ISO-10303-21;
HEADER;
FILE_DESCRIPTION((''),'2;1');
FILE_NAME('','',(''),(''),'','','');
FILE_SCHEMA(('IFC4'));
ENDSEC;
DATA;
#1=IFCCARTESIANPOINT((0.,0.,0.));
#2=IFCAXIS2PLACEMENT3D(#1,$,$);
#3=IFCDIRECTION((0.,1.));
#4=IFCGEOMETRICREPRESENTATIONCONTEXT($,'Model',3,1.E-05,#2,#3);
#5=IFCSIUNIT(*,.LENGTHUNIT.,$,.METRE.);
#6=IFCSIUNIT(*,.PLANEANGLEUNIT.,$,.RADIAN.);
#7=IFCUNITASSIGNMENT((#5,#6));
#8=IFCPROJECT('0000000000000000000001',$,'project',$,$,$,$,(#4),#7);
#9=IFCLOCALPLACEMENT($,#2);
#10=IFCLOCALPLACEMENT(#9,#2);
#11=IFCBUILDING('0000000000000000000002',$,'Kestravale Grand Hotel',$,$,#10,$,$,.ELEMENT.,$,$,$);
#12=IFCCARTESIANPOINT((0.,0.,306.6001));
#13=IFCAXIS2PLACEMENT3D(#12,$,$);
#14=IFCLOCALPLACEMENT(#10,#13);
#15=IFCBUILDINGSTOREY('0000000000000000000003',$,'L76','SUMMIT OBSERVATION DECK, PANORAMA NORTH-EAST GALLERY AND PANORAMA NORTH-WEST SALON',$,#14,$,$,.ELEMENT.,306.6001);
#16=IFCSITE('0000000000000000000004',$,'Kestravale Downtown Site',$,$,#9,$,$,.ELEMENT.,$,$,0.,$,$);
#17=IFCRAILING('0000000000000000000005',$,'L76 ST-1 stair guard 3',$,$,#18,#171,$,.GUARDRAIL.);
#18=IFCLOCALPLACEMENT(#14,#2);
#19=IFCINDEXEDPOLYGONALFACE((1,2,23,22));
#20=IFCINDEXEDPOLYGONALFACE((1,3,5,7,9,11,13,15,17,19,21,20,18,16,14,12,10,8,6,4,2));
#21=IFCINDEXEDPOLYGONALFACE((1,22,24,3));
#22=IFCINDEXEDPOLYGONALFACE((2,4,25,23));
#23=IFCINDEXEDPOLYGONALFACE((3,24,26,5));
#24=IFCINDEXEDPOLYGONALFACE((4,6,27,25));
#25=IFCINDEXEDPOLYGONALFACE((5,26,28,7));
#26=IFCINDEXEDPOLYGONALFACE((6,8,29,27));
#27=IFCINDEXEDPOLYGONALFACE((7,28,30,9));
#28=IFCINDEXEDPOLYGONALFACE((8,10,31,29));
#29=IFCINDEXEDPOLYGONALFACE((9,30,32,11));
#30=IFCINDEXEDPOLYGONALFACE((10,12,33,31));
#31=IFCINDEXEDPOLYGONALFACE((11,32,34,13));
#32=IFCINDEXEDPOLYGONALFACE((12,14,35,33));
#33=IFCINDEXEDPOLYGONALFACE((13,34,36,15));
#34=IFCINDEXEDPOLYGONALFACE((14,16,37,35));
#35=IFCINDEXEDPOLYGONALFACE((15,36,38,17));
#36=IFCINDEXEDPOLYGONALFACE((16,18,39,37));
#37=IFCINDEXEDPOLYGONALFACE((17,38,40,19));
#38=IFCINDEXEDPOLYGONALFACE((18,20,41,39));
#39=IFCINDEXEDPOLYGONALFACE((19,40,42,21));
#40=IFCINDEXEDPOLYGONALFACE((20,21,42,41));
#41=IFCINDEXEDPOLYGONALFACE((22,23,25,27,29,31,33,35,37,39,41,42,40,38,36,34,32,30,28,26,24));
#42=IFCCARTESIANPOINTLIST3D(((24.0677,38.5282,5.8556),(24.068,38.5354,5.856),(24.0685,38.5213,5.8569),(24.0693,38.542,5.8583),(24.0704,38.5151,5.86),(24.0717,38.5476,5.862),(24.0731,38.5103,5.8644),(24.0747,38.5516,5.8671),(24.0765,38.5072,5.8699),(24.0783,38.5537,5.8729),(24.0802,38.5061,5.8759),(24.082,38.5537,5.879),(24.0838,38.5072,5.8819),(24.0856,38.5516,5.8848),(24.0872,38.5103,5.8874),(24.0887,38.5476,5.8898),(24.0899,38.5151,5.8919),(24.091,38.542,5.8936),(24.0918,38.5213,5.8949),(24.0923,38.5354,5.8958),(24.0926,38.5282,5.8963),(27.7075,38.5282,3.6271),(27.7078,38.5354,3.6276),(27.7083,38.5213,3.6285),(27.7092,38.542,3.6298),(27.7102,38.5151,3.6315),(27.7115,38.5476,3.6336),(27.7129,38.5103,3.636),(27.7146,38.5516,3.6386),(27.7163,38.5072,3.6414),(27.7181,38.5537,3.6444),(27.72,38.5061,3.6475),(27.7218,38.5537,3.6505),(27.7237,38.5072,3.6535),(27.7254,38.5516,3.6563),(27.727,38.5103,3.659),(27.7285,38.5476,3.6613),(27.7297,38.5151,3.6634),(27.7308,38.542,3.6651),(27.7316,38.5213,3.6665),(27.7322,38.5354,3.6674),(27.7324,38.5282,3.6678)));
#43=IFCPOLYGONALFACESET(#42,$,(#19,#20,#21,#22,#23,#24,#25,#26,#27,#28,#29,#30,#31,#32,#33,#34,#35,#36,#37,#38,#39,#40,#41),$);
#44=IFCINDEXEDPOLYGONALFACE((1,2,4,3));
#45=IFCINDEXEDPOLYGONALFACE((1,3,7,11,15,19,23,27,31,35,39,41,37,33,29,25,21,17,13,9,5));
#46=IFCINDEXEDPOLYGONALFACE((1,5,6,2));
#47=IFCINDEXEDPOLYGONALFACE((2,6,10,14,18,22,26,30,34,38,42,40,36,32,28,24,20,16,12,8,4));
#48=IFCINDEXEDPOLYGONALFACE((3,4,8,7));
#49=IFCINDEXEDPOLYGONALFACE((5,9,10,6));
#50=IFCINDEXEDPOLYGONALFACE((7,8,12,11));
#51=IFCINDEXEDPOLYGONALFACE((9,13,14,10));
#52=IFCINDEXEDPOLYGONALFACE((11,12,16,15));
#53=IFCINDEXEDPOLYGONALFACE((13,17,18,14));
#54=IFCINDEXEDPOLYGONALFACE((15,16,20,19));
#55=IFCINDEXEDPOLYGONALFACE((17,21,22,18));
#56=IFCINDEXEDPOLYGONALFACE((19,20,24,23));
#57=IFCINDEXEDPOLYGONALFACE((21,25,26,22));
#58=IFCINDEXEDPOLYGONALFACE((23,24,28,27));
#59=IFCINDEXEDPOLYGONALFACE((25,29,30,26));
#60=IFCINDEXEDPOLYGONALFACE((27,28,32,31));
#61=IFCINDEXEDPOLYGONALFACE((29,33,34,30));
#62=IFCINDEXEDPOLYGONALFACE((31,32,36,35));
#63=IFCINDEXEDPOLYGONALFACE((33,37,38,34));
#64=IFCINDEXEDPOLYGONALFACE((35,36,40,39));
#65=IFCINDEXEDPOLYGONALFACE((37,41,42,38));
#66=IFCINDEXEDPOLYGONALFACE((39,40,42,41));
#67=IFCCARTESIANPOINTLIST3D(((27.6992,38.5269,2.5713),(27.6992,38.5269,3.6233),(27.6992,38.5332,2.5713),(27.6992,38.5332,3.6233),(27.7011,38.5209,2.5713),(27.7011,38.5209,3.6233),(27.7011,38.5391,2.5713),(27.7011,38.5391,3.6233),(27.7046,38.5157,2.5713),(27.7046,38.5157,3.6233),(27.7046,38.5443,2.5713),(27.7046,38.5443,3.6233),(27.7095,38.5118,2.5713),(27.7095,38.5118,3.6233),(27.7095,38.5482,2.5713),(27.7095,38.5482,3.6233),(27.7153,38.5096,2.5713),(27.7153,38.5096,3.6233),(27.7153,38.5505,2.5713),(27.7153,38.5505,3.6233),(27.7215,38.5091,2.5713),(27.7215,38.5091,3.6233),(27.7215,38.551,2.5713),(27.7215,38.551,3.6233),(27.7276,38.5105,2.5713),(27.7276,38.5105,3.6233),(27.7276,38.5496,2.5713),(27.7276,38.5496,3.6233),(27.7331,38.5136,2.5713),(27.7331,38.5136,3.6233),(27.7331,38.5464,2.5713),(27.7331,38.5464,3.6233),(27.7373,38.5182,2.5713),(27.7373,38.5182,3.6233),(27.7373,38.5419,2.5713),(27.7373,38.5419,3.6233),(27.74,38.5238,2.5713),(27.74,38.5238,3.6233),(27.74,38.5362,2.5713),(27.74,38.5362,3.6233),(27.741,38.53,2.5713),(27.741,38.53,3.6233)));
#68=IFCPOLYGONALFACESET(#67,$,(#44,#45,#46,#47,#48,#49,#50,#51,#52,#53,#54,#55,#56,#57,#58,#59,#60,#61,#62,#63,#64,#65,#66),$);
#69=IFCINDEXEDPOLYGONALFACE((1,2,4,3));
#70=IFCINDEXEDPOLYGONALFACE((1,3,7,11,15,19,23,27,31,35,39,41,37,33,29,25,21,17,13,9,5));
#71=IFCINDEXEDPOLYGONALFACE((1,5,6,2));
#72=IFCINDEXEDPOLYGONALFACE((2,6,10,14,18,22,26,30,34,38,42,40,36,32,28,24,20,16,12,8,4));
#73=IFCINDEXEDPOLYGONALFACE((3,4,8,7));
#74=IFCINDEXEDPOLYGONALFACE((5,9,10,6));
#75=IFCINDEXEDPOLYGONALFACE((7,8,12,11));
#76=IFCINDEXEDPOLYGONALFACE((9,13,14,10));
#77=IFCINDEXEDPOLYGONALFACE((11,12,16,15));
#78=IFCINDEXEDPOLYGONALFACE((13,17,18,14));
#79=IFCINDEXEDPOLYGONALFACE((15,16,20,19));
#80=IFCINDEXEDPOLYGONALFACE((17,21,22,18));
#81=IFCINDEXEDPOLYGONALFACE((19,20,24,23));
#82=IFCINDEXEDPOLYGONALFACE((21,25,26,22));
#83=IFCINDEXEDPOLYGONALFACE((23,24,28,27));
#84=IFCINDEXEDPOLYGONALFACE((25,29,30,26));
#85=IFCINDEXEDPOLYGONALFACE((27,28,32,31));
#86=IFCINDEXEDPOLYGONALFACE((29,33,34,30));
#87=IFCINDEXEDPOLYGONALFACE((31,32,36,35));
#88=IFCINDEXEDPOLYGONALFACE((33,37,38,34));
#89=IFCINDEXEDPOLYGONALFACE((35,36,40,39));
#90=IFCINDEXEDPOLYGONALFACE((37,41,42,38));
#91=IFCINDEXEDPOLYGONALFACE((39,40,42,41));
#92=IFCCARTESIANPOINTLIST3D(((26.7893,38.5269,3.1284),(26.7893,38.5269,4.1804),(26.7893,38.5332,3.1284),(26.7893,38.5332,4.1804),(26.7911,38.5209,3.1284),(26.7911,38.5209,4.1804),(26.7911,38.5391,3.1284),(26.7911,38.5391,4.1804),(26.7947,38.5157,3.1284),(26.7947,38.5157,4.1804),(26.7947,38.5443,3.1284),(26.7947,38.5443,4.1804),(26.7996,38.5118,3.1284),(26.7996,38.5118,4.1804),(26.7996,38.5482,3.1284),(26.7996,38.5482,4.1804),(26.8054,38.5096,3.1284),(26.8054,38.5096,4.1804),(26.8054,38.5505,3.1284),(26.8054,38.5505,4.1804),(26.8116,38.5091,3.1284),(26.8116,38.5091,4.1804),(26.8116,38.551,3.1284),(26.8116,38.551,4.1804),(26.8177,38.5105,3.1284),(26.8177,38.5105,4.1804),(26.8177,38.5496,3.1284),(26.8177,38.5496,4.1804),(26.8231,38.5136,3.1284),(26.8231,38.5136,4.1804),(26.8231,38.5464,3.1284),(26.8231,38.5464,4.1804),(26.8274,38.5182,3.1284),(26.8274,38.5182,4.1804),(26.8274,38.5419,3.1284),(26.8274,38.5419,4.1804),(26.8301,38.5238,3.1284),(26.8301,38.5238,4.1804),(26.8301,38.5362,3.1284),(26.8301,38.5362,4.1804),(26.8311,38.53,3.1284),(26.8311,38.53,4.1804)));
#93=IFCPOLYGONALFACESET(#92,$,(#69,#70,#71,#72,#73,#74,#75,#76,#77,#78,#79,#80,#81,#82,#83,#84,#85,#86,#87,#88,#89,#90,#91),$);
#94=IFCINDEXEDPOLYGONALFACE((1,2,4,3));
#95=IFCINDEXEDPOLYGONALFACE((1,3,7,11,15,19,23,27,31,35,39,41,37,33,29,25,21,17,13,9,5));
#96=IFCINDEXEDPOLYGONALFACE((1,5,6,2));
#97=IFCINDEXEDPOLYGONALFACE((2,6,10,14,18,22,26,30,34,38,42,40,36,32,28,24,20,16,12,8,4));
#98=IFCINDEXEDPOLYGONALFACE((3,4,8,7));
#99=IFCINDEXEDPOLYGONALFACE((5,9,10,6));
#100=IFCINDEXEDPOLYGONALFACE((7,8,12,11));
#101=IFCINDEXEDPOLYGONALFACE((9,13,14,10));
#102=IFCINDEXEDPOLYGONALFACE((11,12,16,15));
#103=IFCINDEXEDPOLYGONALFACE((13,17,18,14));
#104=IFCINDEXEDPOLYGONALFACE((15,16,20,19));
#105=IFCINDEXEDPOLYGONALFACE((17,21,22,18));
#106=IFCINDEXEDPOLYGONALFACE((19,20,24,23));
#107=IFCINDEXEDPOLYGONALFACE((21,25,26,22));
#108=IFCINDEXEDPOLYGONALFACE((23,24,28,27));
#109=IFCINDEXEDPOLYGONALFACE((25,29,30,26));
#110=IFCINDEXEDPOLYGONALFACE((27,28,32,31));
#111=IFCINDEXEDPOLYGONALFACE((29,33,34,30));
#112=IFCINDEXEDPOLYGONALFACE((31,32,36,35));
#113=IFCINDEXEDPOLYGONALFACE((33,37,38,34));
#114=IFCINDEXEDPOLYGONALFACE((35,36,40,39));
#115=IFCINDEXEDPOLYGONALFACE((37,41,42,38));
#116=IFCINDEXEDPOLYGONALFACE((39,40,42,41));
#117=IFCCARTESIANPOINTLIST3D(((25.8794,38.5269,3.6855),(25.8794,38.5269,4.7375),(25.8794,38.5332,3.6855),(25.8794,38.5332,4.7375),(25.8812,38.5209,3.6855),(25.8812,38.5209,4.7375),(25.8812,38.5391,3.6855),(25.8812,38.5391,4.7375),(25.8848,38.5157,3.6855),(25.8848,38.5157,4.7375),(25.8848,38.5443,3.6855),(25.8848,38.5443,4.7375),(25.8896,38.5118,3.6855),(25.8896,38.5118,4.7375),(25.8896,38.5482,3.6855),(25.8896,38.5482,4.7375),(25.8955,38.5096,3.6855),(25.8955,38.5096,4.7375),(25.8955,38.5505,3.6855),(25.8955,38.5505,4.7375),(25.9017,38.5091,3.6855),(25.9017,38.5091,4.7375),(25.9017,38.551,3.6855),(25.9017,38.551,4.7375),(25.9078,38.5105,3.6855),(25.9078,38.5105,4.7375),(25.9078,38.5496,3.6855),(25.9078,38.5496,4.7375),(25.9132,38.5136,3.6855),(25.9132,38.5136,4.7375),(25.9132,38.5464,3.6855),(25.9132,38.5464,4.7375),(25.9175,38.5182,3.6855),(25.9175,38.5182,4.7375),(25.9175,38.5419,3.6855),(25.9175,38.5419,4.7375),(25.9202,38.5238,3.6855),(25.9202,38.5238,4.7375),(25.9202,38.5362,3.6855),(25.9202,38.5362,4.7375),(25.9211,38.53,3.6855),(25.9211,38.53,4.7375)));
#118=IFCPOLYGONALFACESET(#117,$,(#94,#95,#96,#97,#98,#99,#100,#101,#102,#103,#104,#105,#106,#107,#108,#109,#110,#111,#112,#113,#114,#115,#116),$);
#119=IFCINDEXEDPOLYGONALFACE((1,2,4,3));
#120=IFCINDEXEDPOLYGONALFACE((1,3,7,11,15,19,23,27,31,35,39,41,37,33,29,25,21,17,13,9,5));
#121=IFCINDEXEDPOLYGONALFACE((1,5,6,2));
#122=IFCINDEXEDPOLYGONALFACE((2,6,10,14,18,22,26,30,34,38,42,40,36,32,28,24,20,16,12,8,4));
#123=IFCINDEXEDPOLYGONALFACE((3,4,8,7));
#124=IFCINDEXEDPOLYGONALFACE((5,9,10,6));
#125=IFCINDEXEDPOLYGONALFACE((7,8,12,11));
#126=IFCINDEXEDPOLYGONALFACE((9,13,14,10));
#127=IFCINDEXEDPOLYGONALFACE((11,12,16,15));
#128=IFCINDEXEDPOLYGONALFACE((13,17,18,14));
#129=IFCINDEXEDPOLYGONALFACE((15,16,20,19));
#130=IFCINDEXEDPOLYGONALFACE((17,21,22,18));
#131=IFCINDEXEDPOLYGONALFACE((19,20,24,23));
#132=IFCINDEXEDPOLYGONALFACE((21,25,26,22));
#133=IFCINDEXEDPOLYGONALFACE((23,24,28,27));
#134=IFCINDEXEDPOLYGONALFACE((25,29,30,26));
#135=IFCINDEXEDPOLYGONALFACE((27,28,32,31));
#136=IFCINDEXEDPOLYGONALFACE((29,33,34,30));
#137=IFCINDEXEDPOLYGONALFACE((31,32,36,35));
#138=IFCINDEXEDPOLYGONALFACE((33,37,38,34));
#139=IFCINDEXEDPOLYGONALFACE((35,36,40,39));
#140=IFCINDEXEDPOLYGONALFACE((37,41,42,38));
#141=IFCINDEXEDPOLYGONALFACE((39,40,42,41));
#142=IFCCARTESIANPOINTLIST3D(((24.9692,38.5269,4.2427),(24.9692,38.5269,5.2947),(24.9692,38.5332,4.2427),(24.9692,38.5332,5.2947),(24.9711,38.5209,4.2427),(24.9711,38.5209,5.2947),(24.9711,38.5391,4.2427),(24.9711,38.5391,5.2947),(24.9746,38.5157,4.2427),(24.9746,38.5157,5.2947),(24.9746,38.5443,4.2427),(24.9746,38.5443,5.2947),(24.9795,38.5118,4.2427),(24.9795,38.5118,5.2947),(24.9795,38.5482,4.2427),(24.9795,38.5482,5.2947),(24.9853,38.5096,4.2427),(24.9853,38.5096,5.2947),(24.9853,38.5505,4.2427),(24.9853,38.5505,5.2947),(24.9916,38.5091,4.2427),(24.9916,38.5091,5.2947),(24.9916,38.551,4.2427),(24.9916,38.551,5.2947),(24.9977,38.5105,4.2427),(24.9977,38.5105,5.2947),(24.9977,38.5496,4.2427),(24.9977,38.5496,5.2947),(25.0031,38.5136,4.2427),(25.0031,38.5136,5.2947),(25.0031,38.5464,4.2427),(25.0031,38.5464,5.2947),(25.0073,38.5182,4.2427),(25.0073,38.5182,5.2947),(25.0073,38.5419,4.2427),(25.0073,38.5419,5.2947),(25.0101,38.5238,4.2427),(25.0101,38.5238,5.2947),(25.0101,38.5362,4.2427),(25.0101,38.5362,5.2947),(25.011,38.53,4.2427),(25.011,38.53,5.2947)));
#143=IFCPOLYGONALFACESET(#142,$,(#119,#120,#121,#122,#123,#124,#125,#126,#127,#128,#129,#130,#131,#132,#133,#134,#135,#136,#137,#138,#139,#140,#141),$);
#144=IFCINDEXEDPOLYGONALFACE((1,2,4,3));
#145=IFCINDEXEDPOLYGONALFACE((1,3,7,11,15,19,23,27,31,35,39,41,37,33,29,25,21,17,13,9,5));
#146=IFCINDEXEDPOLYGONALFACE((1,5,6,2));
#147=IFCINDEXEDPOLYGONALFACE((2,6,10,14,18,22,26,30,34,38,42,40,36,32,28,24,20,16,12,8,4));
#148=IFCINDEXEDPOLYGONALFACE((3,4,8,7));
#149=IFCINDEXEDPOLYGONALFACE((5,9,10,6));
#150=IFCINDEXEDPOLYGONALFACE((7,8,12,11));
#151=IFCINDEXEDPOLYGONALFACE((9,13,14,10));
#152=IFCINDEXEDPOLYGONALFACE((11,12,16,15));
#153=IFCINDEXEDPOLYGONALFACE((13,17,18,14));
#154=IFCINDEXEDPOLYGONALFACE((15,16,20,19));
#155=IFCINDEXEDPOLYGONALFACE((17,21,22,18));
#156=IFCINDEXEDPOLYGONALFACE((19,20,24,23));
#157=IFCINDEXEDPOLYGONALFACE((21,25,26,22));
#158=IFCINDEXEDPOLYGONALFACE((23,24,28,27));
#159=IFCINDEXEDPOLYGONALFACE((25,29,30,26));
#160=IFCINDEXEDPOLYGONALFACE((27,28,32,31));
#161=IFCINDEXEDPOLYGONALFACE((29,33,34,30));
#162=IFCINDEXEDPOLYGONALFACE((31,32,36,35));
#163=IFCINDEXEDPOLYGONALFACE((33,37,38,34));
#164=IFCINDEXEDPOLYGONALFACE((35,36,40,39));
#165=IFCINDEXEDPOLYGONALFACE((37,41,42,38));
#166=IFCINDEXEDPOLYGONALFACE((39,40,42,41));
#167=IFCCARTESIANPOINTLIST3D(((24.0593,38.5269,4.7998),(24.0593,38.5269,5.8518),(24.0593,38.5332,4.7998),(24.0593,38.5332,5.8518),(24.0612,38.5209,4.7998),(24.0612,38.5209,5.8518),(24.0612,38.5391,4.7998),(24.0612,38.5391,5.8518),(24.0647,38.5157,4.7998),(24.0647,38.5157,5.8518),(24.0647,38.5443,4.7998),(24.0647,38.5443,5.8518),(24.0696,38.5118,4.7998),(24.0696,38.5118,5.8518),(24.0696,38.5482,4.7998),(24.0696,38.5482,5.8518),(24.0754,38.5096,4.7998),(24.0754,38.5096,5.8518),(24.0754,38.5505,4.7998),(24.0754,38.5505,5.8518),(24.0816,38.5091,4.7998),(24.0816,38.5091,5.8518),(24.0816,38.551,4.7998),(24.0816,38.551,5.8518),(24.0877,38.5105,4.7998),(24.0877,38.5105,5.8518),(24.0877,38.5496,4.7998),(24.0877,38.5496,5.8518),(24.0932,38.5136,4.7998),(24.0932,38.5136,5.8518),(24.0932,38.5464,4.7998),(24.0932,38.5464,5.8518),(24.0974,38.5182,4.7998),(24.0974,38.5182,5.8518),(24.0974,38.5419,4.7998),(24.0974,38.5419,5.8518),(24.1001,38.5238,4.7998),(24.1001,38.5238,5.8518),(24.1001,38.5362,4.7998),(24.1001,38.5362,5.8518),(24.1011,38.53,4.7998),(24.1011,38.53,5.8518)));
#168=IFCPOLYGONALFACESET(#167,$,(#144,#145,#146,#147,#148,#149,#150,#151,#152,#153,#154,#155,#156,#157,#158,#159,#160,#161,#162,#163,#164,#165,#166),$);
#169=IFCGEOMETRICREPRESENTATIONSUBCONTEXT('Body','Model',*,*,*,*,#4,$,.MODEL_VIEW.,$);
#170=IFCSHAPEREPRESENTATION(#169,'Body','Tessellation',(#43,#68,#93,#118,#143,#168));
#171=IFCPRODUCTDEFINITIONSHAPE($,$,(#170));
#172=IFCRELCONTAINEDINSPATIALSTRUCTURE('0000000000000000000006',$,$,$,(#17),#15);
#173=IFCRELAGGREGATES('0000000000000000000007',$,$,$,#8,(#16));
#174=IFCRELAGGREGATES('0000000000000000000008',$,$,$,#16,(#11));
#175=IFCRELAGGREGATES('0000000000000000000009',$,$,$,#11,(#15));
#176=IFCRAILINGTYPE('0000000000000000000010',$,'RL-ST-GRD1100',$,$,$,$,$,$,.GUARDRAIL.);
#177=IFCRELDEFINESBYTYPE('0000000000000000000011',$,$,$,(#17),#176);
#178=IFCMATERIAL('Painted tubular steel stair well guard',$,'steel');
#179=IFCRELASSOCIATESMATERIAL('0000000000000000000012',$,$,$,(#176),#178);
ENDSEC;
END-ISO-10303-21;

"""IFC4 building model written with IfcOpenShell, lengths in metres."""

from ifc_helpers import new_model, si_unit, direction, frame, origin, origin_2d, place, context, subcontext, project, spatial, circle, extrude, material, type_object, element, save


model = new_model("IFC4")

# Units and contexts
model_context = context("Model", 3, precision=1e-05, world=origin(), true_north=direction((0.0, 1.0)))
body_context = subcontext(model_context, "Body", "Model", "MODEL_VIEW")
ifc_project = project(units=[si_unit("LENGTHUNIT", "METRE"), si_unit("PLANEANGLEUNIT", "RADIAN")], contexts=[model_context])

# Site, building, storey
site_placement = place(None, origin())
site = spatial("IfcSite", under=ifc_project, at=site_placement, Name="Kestravale Downtown Site", CompositionType="ELEMENT", RefElevation=0.0)
building_placement = place(site_placement, origin())
building = spatial("IfcBuilding", under=site, at=building_placement, Name="Kestravale Grand Hotel", CompositionType="ELEMENT")
storey_placement = place(building_placement, frame((0.0, 0.0, 306.6001)))
storey = spatial("IfcBuildingStorey", under=building, at=storey_placement, Name="L76", Description="SUMMIT OBSERVATION DECK, PANORAMA NORTH-EAST GALLERY AND PANORAMA NORTH-WEST SALON", CompositionType="ELEMENT", Elevation=306.6001)

# Railing
ifc_material_1 = material(Name="Painted tubular steel stair well guard", Category="steel")
railing_type_1 = type_object("IfcRailingType", Name="RL-ST-GRD1100", PredefinedType="GUARDRAIL", material=ifc_material_1)
railing_1_placement = place(storey_placement, frame((27.72, 38.53, 2.5713)))
element("IfcRailing", 1, at=railing_1_placement, inside=storey, type_object=railing_type_1, Name="L76 ST-1 stair guard 3", PredefinedType="GUARDRAIL", context=body_context, shape_type="SweptSolid", body=[
    extrude(circle(Radius=0.0239, at=origin_2d()), frame((0.0, 0.0, 1.0762), z_axis=(-0.85285, 0.0, 0.522156), x_axis=(0.0, -1.0, 0.0)), (0.0, 0.0, 1.0), 4.2678),
    extrude(circle(Radius=0.021, at=origin_2d()), origin(), (0.0, 0.0, 1.0), 1.052),
    extrude(circle(Radius=0.021, at=origin_2d()), frame((-0.9099, 0.0, 0.5571)), (0.0, 0.0, 1.0), 1.052),
    extrude(circle(Radius=0.021, at=origin_2d()), frame((-1.8198, 0.0, 1.1143)), (0.0, 0.0, 1.0), 1.052),
    extrude(circle(Radius=0.021, at=origin_2d()), frame((-2.73, 0.0, 1.6714)), (0.0, 0.0, 1.0), 1.052),
    extrude(circle(Radius=0.021, at=origin_2d()), frame((-3.6399, 0.0, 2.2285)), (0.0, 0.0, 1.0), 1.052),
])

save(model, "model.ifc")
